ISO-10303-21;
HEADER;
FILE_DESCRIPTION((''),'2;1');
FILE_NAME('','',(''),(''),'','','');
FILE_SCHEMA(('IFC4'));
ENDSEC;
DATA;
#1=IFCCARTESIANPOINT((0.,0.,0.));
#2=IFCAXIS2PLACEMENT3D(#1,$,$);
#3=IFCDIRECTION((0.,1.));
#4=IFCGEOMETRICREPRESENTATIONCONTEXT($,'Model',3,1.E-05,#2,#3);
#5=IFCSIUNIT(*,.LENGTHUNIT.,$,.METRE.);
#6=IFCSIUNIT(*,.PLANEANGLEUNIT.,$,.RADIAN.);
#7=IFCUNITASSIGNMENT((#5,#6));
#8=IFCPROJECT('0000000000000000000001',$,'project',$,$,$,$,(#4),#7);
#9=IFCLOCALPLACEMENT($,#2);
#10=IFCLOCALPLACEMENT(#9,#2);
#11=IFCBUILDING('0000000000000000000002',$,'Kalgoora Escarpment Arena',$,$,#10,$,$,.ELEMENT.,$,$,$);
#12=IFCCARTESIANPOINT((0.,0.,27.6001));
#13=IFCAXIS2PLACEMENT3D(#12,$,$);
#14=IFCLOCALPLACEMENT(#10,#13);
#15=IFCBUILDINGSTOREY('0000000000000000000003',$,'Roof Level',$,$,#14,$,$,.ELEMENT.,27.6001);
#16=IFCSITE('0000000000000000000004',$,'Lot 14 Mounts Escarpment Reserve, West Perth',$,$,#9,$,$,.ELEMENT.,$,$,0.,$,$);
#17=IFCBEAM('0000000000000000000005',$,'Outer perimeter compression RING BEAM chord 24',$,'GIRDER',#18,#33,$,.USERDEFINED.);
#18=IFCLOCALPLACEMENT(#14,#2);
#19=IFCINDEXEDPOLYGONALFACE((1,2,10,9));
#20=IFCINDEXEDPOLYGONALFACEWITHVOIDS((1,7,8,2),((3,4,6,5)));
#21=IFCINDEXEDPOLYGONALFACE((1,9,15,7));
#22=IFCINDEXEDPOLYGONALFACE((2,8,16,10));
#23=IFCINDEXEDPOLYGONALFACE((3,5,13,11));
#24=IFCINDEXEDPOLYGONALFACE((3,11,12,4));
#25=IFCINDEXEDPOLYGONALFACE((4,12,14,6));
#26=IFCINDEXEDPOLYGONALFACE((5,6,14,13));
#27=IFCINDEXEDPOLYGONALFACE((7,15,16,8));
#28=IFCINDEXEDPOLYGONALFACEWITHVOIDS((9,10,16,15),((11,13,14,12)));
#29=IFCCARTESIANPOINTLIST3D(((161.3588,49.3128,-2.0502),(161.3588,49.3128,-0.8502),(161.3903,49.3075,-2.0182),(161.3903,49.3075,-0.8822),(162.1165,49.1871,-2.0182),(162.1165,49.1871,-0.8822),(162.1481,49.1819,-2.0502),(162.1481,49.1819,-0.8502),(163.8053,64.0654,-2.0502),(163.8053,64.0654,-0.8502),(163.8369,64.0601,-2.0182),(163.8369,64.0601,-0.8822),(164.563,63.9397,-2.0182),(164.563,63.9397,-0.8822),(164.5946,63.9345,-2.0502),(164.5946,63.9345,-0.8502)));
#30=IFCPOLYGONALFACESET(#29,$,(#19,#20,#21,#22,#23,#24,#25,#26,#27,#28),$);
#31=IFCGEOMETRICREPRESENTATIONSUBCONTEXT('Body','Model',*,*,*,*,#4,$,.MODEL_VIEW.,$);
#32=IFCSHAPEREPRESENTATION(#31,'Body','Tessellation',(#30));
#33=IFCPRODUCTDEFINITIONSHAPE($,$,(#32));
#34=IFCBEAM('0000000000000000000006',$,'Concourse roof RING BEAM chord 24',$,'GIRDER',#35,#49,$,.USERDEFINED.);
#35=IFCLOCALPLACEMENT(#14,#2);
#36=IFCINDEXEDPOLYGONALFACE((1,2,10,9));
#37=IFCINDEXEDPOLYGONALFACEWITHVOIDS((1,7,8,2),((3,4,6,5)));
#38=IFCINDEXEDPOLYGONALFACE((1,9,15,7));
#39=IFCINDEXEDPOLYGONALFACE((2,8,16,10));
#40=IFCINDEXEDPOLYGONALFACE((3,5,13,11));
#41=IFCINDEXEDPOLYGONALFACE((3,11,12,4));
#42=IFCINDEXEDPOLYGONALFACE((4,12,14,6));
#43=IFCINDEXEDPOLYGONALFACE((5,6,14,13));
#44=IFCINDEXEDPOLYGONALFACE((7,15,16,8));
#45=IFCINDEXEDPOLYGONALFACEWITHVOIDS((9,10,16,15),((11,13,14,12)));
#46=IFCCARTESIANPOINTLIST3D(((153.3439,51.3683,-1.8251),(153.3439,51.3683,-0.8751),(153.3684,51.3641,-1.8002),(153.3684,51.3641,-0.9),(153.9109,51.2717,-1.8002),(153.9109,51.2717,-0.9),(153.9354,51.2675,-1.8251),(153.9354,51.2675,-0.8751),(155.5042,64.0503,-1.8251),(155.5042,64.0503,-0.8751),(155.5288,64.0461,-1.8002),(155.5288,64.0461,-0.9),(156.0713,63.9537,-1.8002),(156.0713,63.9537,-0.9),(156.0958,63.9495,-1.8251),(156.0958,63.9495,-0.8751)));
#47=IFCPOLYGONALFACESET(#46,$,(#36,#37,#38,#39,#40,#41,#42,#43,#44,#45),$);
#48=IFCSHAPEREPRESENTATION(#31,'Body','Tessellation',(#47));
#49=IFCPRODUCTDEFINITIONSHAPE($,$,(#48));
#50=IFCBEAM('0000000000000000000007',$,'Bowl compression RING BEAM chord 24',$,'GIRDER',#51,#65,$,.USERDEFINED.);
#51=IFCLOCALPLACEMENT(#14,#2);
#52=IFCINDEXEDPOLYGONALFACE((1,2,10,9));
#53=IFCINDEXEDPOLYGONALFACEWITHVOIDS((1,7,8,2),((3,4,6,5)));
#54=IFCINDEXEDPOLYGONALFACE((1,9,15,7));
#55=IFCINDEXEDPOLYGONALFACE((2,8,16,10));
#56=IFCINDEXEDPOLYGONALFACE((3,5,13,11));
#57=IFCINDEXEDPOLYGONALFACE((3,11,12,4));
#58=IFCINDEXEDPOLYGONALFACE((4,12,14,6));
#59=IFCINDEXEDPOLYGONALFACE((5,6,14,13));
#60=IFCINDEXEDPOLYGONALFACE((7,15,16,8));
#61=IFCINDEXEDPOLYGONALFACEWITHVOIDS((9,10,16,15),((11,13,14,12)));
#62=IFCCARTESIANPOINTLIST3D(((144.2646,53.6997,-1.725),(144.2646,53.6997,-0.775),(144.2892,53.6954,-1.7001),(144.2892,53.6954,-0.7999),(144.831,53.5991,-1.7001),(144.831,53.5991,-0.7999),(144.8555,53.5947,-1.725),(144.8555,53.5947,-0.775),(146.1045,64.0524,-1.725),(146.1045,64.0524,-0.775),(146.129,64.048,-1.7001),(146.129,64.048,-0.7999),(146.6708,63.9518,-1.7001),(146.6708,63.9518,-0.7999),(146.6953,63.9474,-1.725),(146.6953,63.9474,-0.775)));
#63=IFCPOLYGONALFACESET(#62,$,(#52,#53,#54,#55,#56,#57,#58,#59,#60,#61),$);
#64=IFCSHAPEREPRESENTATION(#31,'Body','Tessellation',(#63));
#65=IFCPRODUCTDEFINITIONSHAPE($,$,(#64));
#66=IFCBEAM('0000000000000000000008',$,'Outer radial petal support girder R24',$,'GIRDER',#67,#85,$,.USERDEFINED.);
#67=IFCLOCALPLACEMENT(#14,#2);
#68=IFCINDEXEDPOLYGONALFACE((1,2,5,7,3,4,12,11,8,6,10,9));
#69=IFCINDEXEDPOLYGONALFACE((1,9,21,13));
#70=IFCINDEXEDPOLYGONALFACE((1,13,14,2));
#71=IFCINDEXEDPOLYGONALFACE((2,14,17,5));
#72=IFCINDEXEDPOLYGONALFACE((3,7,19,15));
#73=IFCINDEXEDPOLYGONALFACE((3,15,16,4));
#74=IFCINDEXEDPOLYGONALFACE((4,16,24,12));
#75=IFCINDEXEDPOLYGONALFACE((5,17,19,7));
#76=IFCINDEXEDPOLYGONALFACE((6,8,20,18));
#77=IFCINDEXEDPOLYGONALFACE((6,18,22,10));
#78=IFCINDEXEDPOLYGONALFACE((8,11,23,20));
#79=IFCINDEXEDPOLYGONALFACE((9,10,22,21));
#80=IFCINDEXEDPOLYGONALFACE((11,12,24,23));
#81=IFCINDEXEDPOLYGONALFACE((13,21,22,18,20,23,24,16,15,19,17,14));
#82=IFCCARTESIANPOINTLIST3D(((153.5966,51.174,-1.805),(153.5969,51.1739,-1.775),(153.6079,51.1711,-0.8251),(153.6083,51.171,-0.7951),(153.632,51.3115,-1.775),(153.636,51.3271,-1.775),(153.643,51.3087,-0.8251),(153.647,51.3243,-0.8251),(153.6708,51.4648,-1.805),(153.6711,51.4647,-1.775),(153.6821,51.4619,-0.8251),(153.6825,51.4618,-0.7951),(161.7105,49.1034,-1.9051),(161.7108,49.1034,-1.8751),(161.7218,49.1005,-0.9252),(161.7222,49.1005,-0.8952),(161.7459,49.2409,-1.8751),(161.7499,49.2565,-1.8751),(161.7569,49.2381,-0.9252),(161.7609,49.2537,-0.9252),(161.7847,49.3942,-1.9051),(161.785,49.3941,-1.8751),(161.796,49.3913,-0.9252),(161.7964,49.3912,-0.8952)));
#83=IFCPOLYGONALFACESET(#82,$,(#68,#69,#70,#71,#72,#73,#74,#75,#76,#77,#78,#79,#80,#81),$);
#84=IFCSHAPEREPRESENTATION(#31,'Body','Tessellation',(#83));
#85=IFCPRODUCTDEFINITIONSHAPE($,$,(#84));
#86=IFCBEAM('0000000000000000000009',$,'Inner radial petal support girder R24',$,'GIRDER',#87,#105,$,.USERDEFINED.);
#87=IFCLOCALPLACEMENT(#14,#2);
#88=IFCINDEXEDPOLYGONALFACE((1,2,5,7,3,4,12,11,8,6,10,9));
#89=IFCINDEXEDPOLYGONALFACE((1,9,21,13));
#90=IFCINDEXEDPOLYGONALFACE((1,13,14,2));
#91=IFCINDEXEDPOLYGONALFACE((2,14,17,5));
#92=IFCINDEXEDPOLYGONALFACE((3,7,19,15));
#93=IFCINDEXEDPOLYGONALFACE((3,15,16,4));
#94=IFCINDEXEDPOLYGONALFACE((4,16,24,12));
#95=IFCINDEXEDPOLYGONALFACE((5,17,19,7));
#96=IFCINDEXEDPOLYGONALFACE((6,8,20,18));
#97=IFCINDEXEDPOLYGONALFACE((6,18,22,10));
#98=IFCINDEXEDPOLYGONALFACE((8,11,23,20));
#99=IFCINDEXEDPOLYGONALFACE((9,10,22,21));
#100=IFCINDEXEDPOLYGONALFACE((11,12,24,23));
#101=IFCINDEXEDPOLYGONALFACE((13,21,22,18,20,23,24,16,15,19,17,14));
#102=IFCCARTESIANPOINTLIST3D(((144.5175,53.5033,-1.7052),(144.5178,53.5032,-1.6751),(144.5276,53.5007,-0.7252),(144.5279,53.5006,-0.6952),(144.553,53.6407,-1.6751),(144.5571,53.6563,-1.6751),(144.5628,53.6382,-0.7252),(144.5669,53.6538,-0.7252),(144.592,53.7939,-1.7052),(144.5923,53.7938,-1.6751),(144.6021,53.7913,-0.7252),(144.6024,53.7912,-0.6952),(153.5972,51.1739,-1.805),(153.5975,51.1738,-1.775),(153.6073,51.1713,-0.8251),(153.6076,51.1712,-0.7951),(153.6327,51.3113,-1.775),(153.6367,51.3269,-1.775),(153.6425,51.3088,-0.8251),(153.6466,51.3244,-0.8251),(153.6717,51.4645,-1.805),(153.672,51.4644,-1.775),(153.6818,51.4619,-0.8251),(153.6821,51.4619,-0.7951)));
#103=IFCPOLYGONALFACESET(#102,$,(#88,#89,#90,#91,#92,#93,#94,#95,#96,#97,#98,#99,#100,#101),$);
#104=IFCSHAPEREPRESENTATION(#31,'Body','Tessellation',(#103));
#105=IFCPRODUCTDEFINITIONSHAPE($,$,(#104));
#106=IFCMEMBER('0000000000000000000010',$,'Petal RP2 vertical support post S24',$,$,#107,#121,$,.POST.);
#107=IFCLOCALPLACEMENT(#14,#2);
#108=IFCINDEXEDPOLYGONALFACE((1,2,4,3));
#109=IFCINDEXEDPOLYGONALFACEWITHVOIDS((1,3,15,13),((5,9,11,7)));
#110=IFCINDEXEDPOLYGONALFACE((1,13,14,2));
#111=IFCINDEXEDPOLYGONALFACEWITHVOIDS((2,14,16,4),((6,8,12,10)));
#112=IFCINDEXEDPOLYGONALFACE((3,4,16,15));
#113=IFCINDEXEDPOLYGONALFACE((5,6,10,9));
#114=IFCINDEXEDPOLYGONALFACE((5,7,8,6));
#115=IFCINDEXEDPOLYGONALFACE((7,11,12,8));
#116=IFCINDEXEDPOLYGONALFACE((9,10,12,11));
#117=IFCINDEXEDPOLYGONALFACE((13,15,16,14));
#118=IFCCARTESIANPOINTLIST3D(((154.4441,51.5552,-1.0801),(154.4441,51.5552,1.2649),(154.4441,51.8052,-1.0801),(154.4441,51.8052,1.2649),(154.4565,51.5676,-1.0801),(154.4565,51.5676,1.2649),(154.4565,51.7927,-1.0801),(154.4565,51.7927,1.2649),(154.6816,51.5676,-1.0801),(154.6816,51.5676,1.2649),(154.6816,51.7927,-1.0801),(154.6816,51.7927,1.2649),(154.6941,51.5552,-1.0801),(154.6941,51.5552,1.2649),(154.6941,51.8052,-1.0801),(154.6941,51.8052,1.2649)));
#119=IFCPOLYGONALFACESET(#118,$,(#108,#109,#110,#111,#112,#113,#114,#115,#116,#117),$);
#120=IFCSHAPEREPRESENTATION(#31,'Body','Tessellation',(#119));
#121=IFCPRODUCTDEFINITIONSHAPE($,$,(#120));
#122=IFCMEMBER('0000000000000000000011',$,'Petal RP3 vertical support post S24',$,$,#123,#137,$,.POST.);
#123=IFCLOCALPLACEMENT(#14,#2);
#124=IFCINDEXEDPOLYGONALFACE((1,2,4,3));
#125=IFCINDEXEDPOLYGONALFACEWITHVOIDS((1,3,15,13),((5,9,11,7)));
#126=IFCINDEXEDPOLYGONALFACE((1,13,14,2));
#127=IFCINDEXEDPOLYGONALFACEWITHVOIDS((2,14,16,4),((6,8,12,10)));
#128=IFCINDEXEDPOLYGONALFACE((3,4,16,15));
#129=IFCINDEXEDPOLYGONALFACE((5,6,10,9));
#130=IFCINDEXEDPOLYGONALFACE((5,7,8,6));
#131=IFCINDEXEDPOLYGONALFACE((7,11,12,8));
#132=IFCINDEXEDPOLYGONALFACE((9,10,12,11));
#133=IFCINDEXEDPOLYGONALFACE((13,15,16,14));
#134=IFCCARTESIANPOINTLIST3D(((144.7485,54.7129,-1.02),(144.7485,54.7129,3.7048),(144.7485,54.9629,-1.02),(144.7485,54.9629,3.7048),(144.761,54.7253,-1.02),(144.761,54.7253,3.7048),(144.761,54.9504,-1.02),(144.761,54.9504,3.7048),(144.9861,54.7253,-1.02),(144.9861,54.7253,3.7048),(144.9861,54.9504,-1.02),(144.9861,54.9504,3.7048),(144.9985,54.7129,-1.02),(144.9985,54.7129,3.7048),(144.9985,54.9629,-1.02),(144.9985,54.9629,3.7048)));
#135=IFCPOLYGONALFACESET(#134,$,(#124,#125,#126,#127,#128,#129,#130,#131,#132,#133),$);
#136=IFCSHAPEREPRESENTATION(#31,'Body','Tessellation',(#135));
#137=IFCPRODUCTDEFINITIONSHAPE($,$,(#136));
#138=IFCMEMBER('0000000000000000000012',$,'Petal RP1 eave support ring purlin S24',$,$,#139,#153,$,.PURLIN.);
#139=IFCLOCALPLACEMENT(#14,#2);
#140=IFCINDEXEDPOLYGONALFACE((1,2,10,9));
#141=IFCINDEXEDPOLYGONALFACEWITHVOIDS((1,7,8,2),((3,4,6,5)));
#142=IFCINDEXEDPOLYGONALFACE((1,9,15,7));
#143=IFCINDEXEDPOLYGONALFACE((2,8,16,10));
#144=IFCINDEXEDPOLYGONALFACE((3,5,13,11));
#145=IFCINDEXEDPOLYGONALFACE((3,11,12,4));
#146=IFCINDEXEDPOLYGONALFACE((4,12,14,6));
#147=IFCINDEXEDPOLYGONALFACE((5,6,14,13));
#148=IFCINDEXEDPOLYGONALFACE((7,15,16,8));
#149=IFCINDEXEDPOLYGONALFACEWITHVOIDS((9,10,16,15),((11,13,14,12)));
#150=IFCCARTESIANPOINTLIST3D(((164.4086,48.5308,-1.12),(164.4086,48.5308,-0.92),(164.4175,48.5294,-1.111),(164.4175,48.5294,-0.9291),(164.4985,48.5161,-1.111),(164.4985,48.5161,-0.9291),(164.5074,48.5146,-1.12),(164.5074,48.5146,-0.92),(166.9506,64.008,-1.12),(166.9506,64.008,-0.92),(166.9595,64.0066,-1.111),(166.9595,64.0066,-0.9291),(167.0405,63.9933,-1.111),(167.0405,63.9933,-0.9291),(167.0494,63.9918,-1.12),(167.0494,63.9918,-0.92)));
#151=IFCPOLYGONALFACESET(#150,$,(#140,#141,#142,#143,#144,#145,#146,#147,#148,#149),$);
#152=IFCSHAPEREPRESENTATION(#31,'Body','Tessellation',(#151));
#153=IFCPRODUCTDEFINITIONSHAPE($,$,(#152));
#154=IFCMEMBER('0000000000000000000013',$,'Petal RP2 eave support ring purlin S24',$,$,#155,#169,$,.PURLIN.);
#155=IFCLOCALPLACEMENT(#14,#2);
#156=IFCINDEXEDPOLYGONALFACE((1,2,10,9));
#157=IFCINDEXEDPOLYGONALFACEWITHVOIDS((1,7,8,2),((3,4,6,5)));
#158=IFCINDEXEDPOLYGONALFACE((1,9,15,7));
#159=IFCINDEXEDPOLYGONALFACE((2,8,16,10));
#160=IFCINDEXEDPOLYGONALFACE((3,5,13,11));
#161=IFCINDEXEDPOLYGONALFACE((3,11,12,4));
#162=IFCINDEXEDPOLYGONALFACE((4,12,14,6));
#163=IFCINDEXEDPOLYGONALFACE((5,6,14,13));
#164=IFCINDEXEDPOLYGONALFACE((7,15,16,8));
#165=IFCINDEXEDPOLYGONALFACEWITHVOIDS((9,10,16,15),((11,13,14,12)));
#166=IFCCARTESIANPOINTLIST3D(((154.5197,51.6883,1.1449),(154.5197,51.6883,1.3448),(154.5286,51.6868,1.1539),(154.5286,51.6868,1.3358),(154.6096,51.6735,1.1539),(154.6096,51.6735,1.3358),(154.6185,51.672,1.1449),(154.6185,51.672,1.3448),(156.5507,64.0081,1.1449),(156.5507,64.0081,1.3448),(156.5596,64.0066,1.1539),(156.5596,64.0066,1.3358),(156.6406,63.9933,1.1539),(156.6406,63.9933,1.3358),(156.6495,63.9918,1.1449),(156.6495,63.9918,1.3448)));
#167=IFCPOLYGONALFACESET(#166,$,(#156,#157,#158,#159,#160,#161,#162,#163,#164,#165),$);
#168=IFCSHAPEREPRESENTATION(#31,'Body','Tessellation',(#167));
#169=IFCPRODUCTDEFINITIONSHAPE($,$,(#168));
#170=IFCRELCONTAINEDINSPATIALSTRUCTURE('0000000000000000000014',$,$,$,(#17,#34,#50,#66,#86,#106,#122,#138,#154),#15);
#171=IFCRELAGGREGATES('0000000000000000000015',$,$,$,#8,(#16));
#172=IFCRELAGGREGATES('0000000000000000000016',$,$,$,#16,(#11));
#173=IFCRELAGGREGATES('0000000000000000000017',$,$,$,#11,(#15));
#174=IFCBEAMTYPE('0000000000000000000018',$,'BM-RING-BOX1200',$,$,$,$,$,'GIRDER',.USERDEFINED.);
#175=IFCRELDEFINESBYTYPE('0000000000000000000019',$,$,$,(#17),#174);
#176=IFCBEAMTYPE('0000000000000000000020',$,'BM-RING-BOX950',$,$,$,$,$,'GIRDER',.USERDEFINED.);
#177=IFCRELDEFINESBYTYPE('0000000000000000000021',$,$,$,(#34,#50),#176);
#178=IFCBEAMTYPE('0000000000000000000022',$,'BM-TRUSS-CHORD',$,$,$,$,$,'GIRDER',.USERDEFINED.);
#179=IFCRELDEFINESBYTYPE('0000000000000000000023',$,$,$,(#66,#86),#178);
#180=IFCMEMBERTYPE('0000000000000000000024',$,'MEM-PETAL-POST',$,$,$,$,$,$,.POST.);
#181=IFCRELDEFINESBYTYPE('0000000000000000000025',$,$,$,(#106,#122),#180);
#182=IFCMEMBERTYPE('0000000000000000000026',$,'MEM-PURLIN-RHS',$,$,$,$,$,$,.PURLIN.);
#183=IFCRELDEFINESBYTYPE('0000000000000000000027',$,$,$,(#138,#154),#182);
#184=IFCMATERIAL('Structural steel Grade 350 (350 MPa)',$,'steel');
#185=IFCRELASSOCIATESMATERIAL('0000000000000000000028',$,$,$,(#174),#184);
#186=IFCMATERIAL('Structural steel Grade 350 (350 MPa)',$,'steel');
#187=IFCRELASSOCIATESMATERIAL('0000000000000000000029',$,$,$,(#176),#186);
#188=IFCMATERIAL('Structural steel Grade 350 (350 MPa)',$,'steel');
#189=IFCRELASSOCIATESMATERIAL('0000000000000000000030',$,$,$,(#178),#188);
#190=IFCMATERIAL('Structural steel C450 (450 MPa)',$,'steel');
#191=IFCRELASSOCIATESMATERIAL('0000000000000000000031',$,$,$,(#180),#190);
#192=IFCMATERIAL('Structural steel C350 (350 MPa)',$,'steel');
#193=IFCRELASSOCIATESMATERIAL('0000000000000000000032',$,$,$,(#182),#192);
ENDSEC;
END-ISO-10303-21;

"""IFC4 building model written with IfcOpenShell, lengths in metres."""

from ifc_helpers import new_model, si_unit, direction, frame, origin, origin_2d, place, context, subcontext, project, spatial, hollow_rectangle, i_section, extrude, material, material_profile, profile_set, type_object, element, save


model = new_model("IFC4")

# Units and contexts
model_context = context("Model", 3, precision=1e-05, world=origin(), true_north=direction((0.0, 1.0)))
body_context = subcontext(model_context, "Body", "Model", "MODEL_VIEW")
ifc_project = project(units=[si_unit("LENGTHUNIT", "METRE"), si_unit("PLANEANGLEUNIT", "RADIAN")], contexts=[model_context])

# Site, building, storey
site_placement = place(None, origin())
site = spatial("IfcSite", under=ifc_project, at=site_placement, Name="Lot 14 Mounts Escarpment Reserve, West Perth", CompositionType="ELEMENT", RefElevation=0.0)
building_placement = place(site_placement, origin())
building = spatial("IfcBuilding", under=site, at=building_placement, Name="Kalgoora Escarpment Arena", CompositionType="ELEMENT")
storey_placement = place(building_placement, frame((0.0, 0.0, 27.6001)))
storey = spatial("IfcBuildingStorey", under=building, at=storey_placement, Name="Roof Level", CompositionType="ELEMENT", Elevation=27.6001)

# Beams
ifc_material_1 = material(Name="Structural steel Grade 350 (350 MPa)", Category="steel")
ifc_material_profile_1 = material_profile(ifc_material_1, hollow_rectangle(XDim=0.8, YDim=1.2, WallThickness=0.032, at=origin_2d()))
ifc_profile_set_1 = profile_set([ifc_material_profile_1], Name="Structural steel Grade 350 (350 MPa)")
beam_type_1 = type_object("IfcBeamType", Name="BM-RING-BOX1200", ElementType="GIRDER", PredefinedType="USERDEFINED", material=ifc_profile_set_1)
beam_1_placement = place(storey_placement, frame((161.7534, 49.2473, -1.4502), z_axis=(0.163602, 0.986526, 0.0), x_axis=(-0.986526, 0.163602, 0.0)))
element("IfcBeam", 1, at=beam_1_placement, inside=storey, type_object=beam_type_1, Name="Outer perimeter compression RING BEAM chord 24", ObjectType="GIRDER", PredefinedType="USERDEFINED", context=body_context, shape_type="SweptSolid", body=[
    extrude(hollow_rectangle(XDim=0.8, YDim=1.2, WallThickness=0.032, at=origin_2d()), origin(), (0.0, 0.0, 1.0), 14.9541),
])
ifc_material_2 = material(Name="Structural steel Grade 350 (350 MPa)", Category="steel")
ifc_material_profile_2 = material_profile(ifc_material_2, hollow_rectangle(XDim=0.6001, YDim=0.95, WallThickness=0.0249, at=origin_2d()))
ifc_profile_set_2 = profile_set([ifc_material_profile_2], Name="Structural steel Grade 350 (350 MPa)")
beam_type_2 = type_object("IfcBeamType", Name="BM-RING-BOX950", ElementType="GIRDER", PredefinedType="USERDEFINED", material=ifc_profile_set_2)
beam_2_placement = place(storey_placement, frame((153.6396, 51.3179, -1.3501), z_axis=(0.167931, 0.985799, 0.0), x_axis=(-0.985799, 0.167931, 0.0)))
element("IfcBeam", 2, at=beam_2_placement, inside=storey, type_object=beam_type_2, Name="Concourse roof RING BEAM chord 24", ObjectType="GIRDER", PredefinedType="USERDEFINED", context=body_context, shape_type="SweptSolid", body=[
    extrude(hollow_rectangle(XDim=0.6001, YDim=0.95, WallThickness=0.0249, at=origin_2d()), origin(), (0.0, 0.0, 1.0), 12.8647),
])
beam_3_placement = place(storey_placement, frame((144.5601, 53.6472, -1.25), z_axis=(0.174973, 0.984573, 0.0), x_axis=(-0.984573, 0.174973, 0.0)))
element("IfcBeam", 3, at=beam_3_placement, inside=storey, type_object=beam_type_2, Name="Bowl compression RING BEAM chord 24", ObjectType="GIRDER", PredefinedType="USERDEFINED", context=body_context, shape_type="SweptSolid", body=[
    extrude(hollow_rectangle(XDim=0.6001, YDim=0.95, WallThickness=0.0249, at=origin_2d()), origin(), (0.0, 0.0, 1.0), 10.5149),
])
ifc_material_3 = material(Name="Structural steel Grade 350 (350 MPa)", Category="steel")
ifc_material_profile_3 = material_profile(ifc_material_3, i_section(OverallWidth=0.3, OverallDepth=1.01, WebThickness=0.0161, FlangeThickness=0.03, at=origin_2d()))
ifc_profile_set_3 = profile_set([ifc_material_profile_3], Name="Structural steel Grade 350 (350 MPa)")
beam_type_3 = type_object("IfcBeamType", Name="BM-TRUSS-CHORD", ElementType="GIRDER", PredefinedType="USERDEFINED", material=ifc_profile_set_3)
beam_4_placement = place(storey_placement, frame((161.7534, 49.2473, -1.4001), z_axis=(-0.968878, 0.247249, 0.011953), x_axis=(-0.247266, -0.968948, 0.0)))
element("IfcBeam", 4, at=beam_4_placement, inside=storey, type_object=beam_type_3, Name="Outer radial petal support girder R24", ObjectType="GIRDER", PredefinedType="USERDEFINED", context=body_context, shape_type="SweptSolid", body=[
    extrude(i_section(OverallWidth=0.3, OverallDepth=1.01, WebThickness=0.0161, FlangeThickness=0.03, at=origin_2d()), origin(), (0.0, 0.0, 1.0), 8.3745),
])
beam_5_placement = place(storey_placement, frame((153.6396, 51.3179, -1.3), z_axis=(-0.968577, 0.248486, 0.010652), x_axis=(-0.2485, -0.968632, 0.0)))
element("IfcBeam", 5, at=beam_5_placement, inside=storey, type_object=beam_type_3, Name="Inner radial petal support girder R24", ObjectType="GIRDER", PredefinedType="USERDEFINED", context=body_context, shape_type="SweptSolid", body=[
    extrude(i_section(OverallWidth=0.3, OverallDepth=1.01, WebThickness=0.0161, FlangeThickness=0.03, at=origin_2d()), origin(), (0.0, 0.0, 1.0), 9.3743),
])

# Members
ifc_material_4 = material(Name="Structural steel C450 (450 MPa)", Category="steel")
ifc_material_profile_4 = material_profile(ifc_material_4, hollow_rectangle(XDim=0.25, YDim=0.25, WallThickness=0.0125, at=origin_2d()))
ifc_profile_set_4 = profile_set([ifc_material_profile_4], Name="Structural steel C450 (450 MPa)")
member_type_1 = type_object("IfcMemberType", Name="MEM-PETAL-POST", PredefinedType="POST", material=ifc_profile_set_4)
member_1_placement = place(storey_placement, frame((154.5691, 51.6802, -1.0801), z_axis=(0.0, 0.0, 1.0), x_axis=(1.0, 0.0, 0.0)))
element("IfcMember", 6, at=member_1_placement, inside=storey, type_object=member_type_1, Name="Petal RP2 vertical support post S24", PredefinedType="POST", context=body_context, shape_type="SweptSolid", body=[
    extrude(hollow_rectangle(XDim=0.25, YDim=0.25, WallThickness=0.0125, at=origin_2d()), origin(), (0.0, 0.0, 1.0), 2.345),
])
member_2_placement = place(storey_placement, frame((144.8735, 54.8379, -1.02), z_axis=(0.0, 0.0, 1.0), x_axis=(1.0, 0.0, 0.0)))
element("IfcMember", 7, at=member_2_placement, inside=storey, type_object=member_type_1, Name="Petal RP3 vertical support post S24", PredefinedType="POST", context=body_context, shape_type="SweptSolid", body=[
    extrude(hollow_rectangle(XDim=0.25, YDim=0.25, WallThickness=0.0125, at=origin_2d()), origin(), (0.0, 0.0, 1.0), 4.7249),
])
ifc_material_5 = material(Name="Structural steel C350 (350 MPa)", Category="steel")
ifc_material_profile_5 = material_profile(ifc_material_5, hollow_rectangle(XDim=0.1001, YDim=0.2, WallThickness=0.009, at=origin_2d()))
ifc_profile_set_5 = profile_set([ifc_material_profile_5], Name="Structural steel C350 (350 MPa)")
member_type_2 = type_object("IfcMemberType", Name="MEM-PURLIN-RHS", PredefinedType="PURLIN", material=ifc_profile_set_5)
member_3_placement = place(storey_placement, frame((164.458, 48.5227, -1.02), z_axis=(0.162069, 0.986779, 0.0), x_axis=(-0.986779, 0.162069, 0.0)))
element("IfcMember", 8, at=member_3_placement, inside=storey, type_object=member_type_2, Name="Petal RP1 eave support ring purlin S24", PredefinedType="PURLIN", context=body_context, shape_type="SweptSolid", body=[
    extrude(hollow_rectangle(XDim=0.1001, YDim=0.2, WallThickness=0.009, at=origin_2d()), origin(), (0.0, 0.0, 1.0), 15.6846),
])
member_4_placement = place(storey_placement, frame((154.5691, 51.6802, 1.2449), z_axis=(0.162661, 0.986682, 0.0), x_axis=(-0.986682, 0.162661, 0.0)))
element("IfcMember", 9, at=member_4_placement, inside=storey, type_object=member_type_2, Name="Petal RP2 eave support ring purlin S24", PredefinedType="PURLIN", context=body_context, shape_type="SweptSolid", body=[
    extrude(hollow_rectangle(XDim=0.1001, YDim=0.2, WallThickness=0.009, at=origin_2d()), origin(), (0.0, 0.0, 1.0), 12.4861),
])

save(model, "model.ifc")
